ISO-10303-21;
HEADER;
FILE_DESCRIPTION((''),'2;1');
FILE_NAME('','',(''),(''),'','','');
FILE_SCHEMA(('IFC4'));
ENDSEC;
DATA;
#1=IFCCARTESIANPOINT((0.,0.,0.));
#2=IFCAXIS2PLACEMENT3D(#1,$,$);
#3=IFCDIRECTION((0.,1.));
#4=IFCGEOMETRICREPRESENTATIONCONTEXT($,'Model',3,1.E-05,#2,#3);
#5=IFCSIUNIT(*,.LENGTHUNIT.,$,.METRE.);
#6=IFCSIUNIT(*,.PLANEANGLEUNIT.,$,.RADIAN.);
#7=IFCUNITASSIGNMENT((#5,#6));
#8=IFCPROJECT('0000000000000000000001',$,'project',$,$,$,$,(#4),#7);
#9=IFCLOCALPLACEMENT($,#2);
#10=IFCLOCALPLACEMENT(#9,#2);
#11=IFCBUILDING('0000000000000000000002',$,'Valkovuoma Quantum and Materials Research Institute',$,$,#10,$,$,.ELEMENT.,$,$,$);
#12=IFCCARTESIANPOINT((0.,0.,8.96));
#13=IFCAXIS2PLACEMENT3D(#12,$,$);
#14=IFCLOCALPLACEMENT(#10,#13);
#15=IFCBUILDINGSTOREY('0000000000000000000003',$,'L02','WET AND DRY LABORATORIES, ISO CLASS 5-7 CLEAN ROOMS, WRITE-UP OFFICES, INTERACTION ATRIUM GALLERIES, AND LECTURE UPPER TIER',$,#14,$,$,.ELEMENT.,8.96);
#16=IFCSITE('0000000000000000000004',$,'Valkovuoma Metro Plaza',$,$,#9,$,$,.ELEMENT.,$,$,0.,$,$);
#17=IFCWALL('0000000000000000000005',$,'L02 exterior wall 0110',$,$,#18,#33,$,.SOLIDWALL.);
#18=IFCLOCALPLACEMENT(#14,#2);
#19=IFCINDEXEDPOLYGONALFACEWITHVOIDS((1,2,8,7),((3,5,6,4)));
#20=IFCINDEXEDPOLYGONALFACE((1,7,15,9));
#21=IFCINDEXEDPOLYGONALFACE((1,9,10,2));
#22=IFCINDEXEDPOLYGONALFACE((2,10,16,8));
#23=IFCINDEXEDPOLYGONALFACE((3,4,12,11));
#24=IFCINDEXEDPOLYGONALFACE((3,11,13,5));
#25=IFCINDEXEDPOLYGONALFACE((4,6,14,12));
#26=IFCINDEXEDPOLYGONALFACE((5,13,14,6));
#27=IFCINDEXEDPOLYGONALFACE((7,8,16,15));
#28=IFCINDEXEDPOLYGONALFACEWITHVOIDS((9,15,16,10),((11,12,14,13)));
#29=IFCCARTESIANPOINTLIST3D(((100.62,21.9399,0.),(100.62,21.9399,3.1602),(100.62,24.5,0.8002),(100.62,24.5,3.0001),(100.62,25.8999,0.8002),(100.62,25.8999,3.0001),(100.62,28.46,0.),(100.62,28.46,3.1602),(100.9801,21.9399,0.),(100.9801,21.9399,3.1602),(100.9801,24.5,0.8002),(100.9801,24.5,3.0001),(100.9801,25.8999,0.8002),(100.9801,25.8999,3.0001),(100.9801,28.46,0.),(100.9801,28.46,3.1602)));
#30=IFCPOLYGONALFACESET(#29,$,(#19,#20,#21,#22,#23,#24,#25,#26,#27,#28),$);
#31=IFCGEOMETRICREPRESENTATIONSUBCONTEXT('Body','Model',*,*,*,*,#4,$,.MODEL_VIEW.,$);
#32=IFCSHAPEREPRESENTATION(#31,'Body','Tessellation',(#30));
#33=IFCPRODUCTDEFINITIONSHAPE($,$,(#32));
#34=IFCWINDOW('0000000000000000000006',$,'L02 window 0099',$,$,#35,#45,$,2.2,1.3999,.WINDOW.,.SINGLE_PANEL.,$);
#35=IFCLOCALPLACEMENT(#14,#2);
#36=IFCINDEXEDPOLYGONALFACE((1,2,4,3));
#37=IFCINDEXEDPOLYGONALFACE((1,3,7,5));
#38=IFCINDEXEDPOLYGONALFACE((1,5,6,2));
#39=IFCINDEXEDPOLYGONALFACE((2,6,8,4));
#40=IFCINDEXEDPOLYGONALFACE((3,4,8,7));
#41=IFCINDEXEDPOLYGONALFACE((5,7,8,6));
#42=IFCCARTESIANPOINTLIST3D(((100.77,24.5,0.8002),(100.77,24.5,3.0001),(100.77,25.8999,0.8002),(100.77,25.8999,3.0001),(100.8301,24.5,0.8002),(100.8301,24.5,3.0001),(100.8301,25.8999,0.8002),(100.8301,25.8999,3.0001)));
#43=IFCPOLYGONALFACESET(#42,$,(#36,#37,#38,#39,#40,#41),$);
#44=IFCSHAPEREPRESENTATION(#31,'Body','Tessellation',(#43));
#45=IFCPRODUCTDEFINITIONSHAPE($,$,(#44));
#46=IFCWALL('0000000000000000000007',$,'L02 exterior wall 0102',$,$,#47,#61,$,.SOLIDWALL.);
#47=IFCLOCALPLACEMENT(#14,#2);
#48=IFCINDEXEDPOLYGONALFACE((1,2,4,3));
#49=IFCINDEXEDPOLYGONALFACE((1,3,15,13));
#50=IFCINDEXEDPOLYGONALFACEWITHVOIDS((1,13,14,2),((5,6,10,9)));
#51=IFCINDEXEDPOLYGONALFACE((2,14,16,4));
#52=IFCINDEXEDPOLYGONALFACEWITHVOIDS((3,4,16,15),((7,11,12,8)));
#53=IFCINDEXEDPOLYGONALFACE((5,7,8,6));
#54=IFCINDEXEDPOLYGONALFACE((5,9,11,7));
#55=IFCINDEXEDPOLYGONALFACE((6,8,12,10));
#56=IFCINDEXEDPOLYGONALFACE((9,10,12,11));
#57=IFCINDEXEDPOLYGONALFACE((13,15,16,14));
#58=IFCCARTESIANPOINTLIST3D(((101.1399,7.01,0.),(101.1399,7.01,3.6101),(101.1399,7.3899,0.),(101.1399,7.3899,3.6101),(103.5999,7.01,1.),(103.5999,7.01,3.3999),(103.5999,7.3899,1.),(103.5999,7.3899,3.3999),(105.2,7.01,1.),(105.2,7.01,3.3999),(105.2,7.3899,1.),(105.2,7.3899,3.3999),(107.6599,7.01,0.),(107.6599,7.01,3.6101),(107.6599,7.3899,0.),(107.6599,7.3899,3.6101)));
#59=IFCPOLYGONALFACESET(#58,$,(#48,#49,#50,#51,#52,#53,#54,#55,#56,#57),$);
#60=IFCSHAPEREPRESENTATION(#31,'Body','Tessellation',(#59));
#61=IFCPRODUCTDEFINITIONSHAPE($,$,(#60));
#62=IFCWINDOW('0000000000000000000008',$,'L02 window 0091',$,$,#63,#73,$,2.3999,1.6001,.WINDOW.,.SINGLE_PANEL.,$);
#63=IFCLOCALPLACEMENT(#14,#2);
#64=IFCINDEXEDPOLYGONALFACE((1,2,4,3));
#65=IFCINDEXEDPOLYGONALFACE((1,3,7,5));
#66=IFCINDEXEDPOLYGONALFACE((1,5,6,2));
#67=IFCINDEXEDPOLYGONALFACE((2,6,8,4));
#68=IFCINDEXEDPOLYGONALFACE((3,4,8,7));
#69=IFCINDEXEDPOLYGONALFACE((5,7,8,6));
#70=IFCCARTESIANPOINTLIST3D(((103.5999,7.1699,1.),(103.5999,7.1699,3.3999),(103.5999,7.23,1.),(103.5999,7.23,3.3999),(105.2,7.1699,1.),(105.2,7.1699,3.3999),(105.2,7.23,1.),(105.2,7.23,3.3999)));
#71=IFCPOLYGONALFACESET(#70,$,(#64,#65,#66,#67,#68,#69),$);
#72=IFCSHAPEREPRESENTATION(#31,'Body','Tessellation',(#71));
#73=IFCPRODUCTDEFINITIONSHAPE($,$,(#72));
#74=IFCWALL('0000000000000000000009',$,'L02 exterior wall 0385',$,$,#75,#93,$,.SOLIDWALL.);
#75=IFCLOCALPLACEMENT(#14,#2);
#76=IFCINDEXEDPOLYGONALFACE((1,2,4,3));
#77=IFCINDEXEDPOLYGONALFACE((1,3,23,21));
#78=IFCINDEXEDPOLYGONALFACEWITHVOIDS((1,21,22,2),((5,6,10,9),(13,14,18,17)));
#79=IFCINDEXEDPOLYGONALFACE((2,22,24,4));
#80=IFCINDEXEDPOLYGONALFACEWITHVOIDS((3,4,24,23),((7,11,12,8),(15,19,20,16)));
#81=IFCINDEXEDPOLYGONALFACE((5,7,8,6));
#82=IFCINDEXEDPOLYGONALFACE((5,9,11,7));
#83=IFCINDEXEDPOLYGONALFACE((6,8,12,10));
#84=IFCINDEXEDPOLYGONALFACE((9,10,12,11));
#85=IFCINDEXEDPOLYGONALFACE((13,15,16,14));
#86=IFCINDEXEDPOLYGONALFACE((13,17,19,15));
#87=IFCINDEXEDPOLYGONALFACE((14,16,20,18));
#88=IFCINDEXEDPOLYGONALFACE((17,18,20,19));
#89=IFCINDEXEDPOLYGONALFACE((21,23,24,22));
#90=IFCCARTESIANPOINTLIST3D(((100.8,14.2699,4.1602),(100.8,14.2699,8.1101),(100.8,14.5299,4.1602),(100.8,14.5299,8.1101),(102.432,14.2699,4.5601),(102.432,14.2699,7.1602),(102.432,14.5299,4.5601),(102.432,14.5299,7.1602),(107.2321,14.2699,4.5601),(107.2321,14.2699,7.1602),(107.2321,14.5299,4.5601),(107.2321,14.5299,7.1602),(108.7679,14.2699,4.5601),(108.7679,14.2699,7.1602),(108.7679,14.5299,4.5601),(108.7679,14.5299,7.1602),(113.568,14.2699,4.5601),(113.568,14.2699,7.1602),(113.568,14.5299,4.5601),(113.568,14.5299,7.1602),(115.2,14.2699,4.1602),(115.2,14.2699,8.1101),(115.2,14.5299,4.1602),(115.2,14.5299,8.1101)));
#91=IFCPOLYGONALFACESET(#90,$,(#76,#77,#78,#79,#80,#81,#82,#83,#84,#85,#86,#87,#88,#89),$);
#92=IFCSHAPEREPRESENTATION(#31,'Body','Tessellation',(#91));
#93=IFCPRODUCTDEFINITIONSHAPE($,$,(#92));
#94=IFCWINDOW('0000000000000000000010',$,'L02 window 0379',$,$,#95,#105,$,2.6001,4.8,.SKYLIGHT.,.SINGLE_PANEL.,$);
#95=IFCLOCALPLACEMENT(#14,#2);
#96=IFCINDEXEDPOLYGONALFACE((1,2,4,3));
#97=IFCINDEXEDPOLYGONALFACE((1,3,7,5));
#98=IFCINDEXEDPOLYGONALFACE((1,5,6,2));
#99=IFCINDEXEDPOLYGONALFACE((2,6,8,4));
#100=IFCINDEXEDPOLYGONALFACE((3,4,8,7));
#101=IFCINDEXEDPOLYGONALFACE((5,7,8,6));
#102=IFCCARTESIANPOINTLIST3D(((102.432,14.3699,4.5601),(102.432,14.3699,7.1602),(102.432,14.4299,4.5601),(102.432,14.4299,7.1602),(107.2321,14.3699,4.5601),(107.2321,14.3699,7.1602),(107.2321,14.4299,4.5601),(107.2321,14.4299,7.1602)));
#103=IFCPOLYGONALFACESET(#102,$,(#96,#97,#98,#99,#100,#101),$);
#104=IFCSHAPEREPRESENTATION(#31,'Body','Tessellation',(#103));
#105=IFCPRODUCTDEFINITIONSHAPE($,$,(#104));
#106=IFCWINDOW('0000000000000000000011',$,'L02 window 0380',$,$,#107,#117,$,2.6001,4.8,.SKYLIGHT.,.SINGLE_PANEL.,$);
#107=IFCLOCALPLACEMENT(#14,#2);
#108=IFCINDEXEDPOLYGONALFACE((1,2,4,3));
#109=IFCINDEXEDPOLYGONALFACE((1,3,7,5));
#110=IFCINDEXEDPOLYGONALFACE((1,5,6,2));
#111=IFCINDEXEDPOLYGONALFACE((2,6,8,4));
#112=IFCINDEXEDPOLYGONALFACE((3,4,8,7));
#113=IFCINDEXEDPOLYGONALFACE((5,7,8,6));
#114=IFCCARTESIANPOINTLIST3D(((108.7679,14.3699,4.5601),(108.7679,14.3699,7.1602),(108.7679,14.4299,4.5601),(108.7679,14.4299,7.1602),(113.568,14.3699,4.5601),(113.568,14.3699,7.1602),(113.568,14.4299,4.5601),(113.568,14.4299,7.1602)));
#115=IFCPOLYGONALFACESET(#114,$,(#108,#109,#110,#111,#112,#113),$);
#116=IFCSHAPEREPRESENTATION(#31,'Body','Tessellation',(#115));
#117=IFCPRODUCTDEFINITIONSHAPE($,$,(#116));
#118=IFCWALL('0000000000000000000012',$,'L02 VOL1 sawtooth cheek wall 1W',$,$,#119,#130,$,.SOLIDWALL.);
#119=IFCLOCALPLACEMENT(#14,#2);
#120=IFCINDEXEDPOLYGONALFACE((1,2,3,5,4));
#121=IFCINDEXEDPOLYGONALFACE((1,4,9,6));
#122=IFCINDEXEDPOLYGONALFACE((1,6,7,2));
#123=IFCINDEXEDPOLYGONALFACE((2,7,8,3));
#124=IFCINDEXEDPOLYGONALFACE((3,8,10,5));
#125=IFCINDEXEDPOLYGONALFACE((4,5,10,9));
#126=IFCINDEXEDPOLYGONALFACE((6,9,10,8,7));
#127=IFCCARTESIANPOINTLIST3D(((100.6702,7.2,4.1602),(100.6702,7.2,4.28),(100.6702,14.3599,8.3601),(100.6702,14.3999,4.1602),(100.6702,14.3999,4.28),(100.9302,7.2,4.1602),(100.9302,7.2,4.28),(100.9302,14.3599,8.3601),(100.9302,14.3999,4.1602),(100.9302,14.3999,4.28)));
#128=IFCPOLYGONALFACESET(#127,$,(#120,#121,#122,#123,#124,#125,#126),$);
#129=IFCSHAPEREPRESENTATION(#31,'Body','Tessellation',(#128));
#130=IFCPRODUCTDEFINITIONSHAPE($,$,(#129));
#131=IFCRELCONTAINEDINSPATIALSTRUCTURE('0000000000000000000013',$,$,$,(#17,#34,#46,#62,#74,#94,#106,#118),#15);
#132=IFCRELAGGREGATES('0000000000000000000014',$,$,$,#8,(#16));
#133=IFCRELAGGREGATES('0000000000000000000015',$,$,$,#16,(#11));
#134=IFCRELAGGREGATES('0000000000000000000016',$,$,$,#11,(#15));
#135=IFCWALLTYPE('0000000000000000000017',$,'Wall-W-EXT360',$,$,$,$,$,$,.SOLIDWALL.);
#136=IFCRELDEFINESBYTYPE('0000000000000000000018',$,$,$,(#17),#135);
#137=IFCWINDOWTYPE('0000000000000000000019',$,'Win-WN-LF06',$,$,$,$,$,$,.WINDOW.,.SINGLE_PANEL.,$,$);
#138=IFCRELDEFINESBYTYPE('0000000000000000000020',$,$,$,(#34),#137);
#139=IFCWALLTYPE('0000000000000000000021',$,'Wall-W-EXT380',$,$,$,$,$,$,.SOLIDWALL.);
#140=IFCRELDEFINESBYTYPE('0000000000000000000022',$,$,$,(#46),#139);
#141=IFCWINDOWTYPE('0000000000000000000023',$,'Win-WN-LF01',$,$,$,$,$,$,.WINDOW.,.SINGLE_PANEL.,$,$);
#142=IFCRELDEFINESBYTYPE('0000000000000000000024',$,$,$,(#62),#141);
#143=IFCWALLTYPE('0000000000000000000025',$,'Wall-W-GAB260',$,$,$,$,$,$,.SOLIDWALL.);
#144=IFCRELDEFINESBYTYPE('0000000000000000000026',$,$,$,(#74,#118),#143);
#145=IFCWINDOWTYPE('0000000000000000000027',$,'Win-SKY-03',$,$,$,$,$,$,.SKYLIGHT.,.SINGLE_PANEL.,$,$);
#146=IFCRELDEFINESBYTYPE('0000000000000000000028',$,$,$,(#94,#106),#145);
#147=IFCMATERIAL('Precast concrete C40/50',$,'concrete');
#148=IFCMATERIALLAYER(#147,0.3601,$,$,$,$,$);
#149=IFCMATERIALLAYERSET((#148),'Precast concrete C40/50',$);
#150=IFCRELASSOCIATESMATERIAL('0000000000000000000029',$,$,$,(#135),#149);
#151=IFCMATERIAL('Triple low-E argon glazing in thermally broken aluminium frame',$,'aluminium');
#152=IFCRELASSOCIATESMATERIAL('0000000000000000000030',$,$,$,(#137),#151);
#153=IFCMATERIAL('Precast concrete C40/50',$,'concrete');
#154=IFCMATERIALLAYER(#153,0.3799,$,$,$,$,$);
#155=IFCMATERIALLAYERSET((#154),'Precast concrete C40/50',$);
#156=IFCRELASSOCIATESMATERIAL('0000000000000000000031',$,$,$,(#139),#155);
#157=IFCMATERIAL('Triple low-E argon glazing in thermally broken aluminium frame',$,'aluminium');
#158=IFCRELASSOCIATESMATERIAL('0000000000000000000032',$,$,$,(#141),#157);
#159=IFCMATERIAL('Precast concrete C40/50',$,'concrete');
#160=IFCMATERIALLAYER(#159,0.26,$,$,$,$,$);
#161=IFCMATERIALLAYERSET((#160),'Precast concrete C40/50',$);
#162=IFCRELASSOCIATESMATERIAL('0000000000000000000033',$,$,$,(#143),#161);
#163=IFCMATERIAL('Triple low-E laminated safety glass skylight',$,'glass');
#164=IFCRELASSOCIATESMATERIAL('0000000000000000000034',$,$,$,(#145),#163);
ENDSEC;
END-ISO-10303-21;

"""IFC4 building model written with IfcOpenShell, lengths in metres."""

from ifc_helpers import new_model, si_unit, direction, frame, frame_2d, origin, place, context, subcontext, project, spatial, polyline, rectangle, outline, extrude, material, layer, layer_set, type_object, element, fill, save


model = new_model("IFC4")

# Units and contexts
model_context = context("Model", 3, precision=1e-05, world=origin(), true_north=direction((0.0, 1.0)))
body_context = subcontext(model_context, "Body", "Model", "MODEL_VIEW")
ifc_project = project(units=[si_unit("LENGTHUNIT", "METRE"), si_unit("PLANEANGLEUNIT", "RADIAN")], contexts=[model_context])

# Site, building, storey
site_placement = place(None, origin())
site = spatial("IfcSite", under=ifc_project, at=site_placement, Name="Valkovuoma Metro Plaza", CompositionType="ELEMENT", RefElevation=0.0)
building_placement = place(site_placement, origin())
building = spatial("IfcBuilding", under=site, at=building_placement, Name="Valkovuoma Quantum and Materials Research Institute", CompositionType="ELEMENT")
storey_placement = place(building_placement, frame((0.0, 0.0, 8.96)))
storey = spatial("IfcBuildingStorey", under=building, at=storey_placement, Name="L02", Description="WET AND DRY LABORATORIES, ISO CLASS 5-7 CLEAN ROOMS, WRITE-UP OFFICES, INTERACTION ATRIUM GALLERIES, AND LECTURE UPPER TIER", CompositionType="ELEMENT", Elevation=8.96)

# Walls, openings, windows
ifc_material_1 = material(Name="Precast concrete C40/50", Category="concrete")
ifc_layer_1 = layer(ifc_material_1, 0.3601)
ifc_layer_set_1 = layer_set([ifc_layer_1], Name="Precast concrete C40/50")
wall_type_1 = type_object("IfcWallType", Name="Wall-W-EXT360", PredefinedType="SOLIDWALL", material=ifc_layer_set_1)
wall_1_placement = place(storey_placement, frame((100.8, 21.9399, 0.0), z_axis=(0.0, 0.0, 1.0), x_axis=(0.0, 1.0, 0.0)))
wall_1 = element("IfcWall", 1, at=wall_1_placement, inside=storey, type_object=wall_type_1, Name="L02 exterior wall 0110", PredefinedType="SOLIDWALL", context=body_context, shape_type="SweptSolid", body=[
    extrude(rectangle(XDim=6.52, YDim=0.3601, at=frame_2d((3.26, 0.0))), origin(), (0.0, 0.0, 1.0), 3.1602),
])
opening_1_placement = place(wall_1_placement, frame((2.5601, 0.0, 0.8)))
opening_1 = element("IfcOpeningElement", 2, at=opening_1_placement, cuts=wall_1, PredefinedType="OPENING", context=body_context, shape_type="SweptSolid", body=[
    extrude(rectangle(XDim=1.3999, YDim=2.2, at=frame_2d((0.7, 1.1001))), frame((0.0, 0.1899, 0.0), z_axis=(0.0, -1.0, 0.0), x_axis=(1.0, 0.0, 0.0)), (0.0, 0.0, 1.0), 0.3801),
])
ifc_material_2 = material(Name="Triple low-E argon glazing in thermally broken aluminium frame", Category="aluminium")
window_type_1 = type_object("IfcWindowType", Name="Win-WN-LF06", PartitioningType="SINGLE_PANEL", PredefinedType="WINDOW", material=ifc_material_2)
window_1_placement = place(opening_1_placement, origin())
window_1 = element("IfcWindow", 3, at=window_1_placement, inside=storey, type_object=window_type_1, Name="L02 window 0099", OverallHeight=2.2, OverallWidth=1.3999, PartitioningType="SINGLE_PANEL", PredefinedType="WINDOW", context=body_context, shape_type="SweptSolid", body=[
    extrude(rectangle(XDim=1.3999, YDim=2.2, at=frame_2d((0.7, 1.1001))), frame((0.0, 0.03, 0.0), z_axis=(0.0, -1.0, 0.0), x_axis=(1.0, 0.0, 0.0)), (0.0, 0.0, 1.0), 0.0601),
])
fill(opening_1, window_1)
ifc_material_3 = material(Name="Precast concrete C40/50", Category="concrete")
ifc_layer_2 = layer(ifc_material_3, 0.3799)
ifc_layer_set_2 = layer_set([ifc_layer_2], Name="Precast concrete C40/50")
wall_type_2 = type_object("IfcWallType", Name="Wall-W-EXT380", PredefinedType="SOLIDWALL", material=ifc_layer_set_2)
wall_2_placement = place(storey_placement, frame((101.1399, 7.2, 0.0), z_axis=(0.0, 0.0, 1.0), x_axis=(1.0, 0.0, 0.0)))
wall_2 = element("IfcWall", 4, at=wall_2_placement, inside=storey, type_object=wall_type_2, Name="L02 exterior wall 0102", PredefinedType="SOLIDWALL", context=body_context, shape_type="SweptSolid", body=[
    extrude(rectangle(XDim=6.52, YDim=0.3799, at=frame_2d((3.26, 0.0))), origin(), (0.0, 0.0, 1.0), 3.6101),
])
opening_2_placement = place(wall_2_placement, frame((2.46, 0.0, 1.0)))
opening_2 = element("IfcOpeningElement", 5, at=opening_2_placement, cuts=wall_2, PredefinedType="OPENING", context=body_context, shape_type="SweptSolid", body=[
    extrude(rectangle(XDim=1.6001, YDim=2.3999, at=frame_2d((0.8, 1.2))), frame((0.0, 0.2, 0.0), z_axis=(0.0, -1.0, 0.0), x_axis=(1.0, 0.0, 0.0)), (0.0, 0.0, 1.0), 0.3999),
])
ifc_material_4 = material(Name="Triple low-E argon glazing in thermally broken aluminium frame", Category="aluminium")
window_type_2 = type_object("IfcWindowType", Name="Win-WN-LF01", PartitioningType="SINGLE_PANEL", PredefinedType="WINDOW", material=ifc_material_4)
window_2_placement = place(opening_2_placement, origin())
window_2 = element("IfcWindow", 6, at=window_2_placement, inside=storey, type_object=window_type_2, Name="L02 window 0091", OverallHeight=2.3999, OverallWidth=1.6001, PartitioningType="SINGLE_PANEL", PredefinedType="WINDOW", context=body_context, shape_type="SweptSolid", body=[
    extrude(rectangle(XDim=1.6001, YDim=2.3999, at=frame_2d((0.8, 1.2))), frame((0.0, 0.03, 0.0), z_axis=(0.0, -1.0, 0.0), x_axis=(1.0, 0.0, 0.0)), (0.0, 0.0, 1.0), 0.0601),
])
fill(opening_2, window_2)

# Wall, openings, windows
ifc_material_5 = material(Name="Precast concrete C40/50", Category="concrete")
ifc_layer_3 = layer(ifc_material_5, 0.26)
ifc_layer_set_3 = layer_set([ifc_layer_3], Name="Precast concrete C40/50")
wall_type_3 = type_object("IfcWallType", Name="Wall-W-GAB260", PredefinedType="SOLIDWALL", material=ifc_layer_set_3)
wall_3_placement = place(storey_placement, frame((100.8, 14.3999, 4.1602), z_axis=(0.0, 0.0, 1.0), x_axis=(1.0, 0.0, 0.0)))
wall_3 = element("IfcWall", 7, at=wall_3_placement, inside=storey, type_object=wall_type_3, Name="L02 exterior wall 0385", PredefinedType="SOLIDWALL", context=body_context, shape_type="SweptSolid", body=[
    extrude(rectangle(XDim=14.3999, YDim=0.26, at=frame_2d((7.2, 0.0))), origin(), (0.0, 0.0, 1.0), 3.95),
])
opening_3_placement = place(wall_3_placement, frame((1.6321, 0.0, 0.3999)))
opening_3 = element("IfcOpeningElement", 8, at=opening_3_placement, cuts=wall_3, PredefinedType="OPENING", context=body_context, shape_type="SweptSolid", body=[
    extrude(rectangle(XDim=4.8, YDim=2.6001, at=frame_2d((2.3999, 1.3))), frame((0.0, 0.1401, 0.0), z_axis=(0.0, -1.0, 0.0), x_axis=(1.0, 0.0, 0.0)), (0.0, 0.0, 1.0), 0.28),
])
opening_4_placement = place(wall_3_placement, frame((7.968, 0.0, 0.3999)))
opening_4 = element("IfcOpeningElement", 9, at=opening_4_placement, cuts=wall_3, PredefinedType="OPENING", context=body_context, shape_type="SweptSolid", body=[
    extrude(rectangle(XDim=4.8, YDim=2.6001, at=frame_2d((2.3999, 1.3))), frame((0.0, 0.1401, 0.0), z_axis=(0.0, -1.0, 0.0), x_axis=(1.0, 0.0, 0.0)), (0.0, 0.0, 1.0), 0.28),
])
ifc_material_6 = material(Name="Triple low-E laminated safety glass skylight", Category="glass")
window_type_3 = type_object("IfcWindowType", Name="Win-SKY-03", PartitioningType="SINGLE_PANEL", PredefinedType="SKYLIGHT", material=ifc_material_6)
window_3_placement = place(opening_3_placement, origin())
window_3 = element("IfcWindow", 10, at=window_3_placement, inside=storey, type_object=window_type_3, Name="L02 window 0379", OverallHeight=2.6001, OverallWidth=4.8, PartitioningType="SINGLE_PANEL", PredefinedType="SKYLIGHT", context=body_context, shape_type="SweptSolid", body=[
    extrude(rectangle(XDim=4.8, YDim=2.6001, at=frame_2d((2.3999, 1.3))), frame((0.0, 0.03, 0.0), z_axis=(0.0, -1.0, 0.0), x_axis=(1.0, 0.0, 0.0)), (0.0, 0.0, 1.0), 0.0601),
])
fill(opening_3, window_3)
window_4_placement = place(opening_4_placement, origin())
window_4 = element("IfcWindow", 11, at=window_4_placement, inside=storey, type_object=window_type_3, Name="L02 window 0380", OverallHeight=2.6001, OverallWidth=4.8, PartitioningType="SINGLE_PANEL", PredefinedType="SKYLIGHT", context=body_context, shape_type="SweptSolid", body=[
    extrude(rectangle(XDim=4.8, YDim=2.6001, at=frame_2d((2.3999, 1.3))), frame((0.0, 0.03, 0.0), z_axis=(0.0, -1.0, 0.0), x_axis=(1.0, 0.0, 0.0)), (0.0, 0.0, 1.0), 0.0601),
])
fill(opening_4, window_4)

# Wall
wall_4_placement = place(storey_placement, frame((100.8, 7.2, 4.1602), z_axis=(0.0, 0.0, 1.0), x_axis=(0.0, 1.0, 0.0)))
element("IfcWall", 12, at=wall_4_placement, inside=storey, type_object=wall_type_3, Name="L02 VOL1 sawtooth cheek wall 1W", PredefinedType="SOLIDWALL", context=body_context, shape_type="SweptSolid", body=[
    extrude(outline(polyline([(0.0, 0.0), (7.2, 0.0), (7.2, 0.1199), (7.1599, 4.2), (0.0, 0.1199), (0.0, 0.0)])), frame((0.0, 0.1299, 0.0), z_axis=(0.0, -1.0, 0.0), x_axis=(1.0, 0.0, 0.0)), (0.0, 0.0, 1.0), 0.26),
])

save(model, "model.ifc")
